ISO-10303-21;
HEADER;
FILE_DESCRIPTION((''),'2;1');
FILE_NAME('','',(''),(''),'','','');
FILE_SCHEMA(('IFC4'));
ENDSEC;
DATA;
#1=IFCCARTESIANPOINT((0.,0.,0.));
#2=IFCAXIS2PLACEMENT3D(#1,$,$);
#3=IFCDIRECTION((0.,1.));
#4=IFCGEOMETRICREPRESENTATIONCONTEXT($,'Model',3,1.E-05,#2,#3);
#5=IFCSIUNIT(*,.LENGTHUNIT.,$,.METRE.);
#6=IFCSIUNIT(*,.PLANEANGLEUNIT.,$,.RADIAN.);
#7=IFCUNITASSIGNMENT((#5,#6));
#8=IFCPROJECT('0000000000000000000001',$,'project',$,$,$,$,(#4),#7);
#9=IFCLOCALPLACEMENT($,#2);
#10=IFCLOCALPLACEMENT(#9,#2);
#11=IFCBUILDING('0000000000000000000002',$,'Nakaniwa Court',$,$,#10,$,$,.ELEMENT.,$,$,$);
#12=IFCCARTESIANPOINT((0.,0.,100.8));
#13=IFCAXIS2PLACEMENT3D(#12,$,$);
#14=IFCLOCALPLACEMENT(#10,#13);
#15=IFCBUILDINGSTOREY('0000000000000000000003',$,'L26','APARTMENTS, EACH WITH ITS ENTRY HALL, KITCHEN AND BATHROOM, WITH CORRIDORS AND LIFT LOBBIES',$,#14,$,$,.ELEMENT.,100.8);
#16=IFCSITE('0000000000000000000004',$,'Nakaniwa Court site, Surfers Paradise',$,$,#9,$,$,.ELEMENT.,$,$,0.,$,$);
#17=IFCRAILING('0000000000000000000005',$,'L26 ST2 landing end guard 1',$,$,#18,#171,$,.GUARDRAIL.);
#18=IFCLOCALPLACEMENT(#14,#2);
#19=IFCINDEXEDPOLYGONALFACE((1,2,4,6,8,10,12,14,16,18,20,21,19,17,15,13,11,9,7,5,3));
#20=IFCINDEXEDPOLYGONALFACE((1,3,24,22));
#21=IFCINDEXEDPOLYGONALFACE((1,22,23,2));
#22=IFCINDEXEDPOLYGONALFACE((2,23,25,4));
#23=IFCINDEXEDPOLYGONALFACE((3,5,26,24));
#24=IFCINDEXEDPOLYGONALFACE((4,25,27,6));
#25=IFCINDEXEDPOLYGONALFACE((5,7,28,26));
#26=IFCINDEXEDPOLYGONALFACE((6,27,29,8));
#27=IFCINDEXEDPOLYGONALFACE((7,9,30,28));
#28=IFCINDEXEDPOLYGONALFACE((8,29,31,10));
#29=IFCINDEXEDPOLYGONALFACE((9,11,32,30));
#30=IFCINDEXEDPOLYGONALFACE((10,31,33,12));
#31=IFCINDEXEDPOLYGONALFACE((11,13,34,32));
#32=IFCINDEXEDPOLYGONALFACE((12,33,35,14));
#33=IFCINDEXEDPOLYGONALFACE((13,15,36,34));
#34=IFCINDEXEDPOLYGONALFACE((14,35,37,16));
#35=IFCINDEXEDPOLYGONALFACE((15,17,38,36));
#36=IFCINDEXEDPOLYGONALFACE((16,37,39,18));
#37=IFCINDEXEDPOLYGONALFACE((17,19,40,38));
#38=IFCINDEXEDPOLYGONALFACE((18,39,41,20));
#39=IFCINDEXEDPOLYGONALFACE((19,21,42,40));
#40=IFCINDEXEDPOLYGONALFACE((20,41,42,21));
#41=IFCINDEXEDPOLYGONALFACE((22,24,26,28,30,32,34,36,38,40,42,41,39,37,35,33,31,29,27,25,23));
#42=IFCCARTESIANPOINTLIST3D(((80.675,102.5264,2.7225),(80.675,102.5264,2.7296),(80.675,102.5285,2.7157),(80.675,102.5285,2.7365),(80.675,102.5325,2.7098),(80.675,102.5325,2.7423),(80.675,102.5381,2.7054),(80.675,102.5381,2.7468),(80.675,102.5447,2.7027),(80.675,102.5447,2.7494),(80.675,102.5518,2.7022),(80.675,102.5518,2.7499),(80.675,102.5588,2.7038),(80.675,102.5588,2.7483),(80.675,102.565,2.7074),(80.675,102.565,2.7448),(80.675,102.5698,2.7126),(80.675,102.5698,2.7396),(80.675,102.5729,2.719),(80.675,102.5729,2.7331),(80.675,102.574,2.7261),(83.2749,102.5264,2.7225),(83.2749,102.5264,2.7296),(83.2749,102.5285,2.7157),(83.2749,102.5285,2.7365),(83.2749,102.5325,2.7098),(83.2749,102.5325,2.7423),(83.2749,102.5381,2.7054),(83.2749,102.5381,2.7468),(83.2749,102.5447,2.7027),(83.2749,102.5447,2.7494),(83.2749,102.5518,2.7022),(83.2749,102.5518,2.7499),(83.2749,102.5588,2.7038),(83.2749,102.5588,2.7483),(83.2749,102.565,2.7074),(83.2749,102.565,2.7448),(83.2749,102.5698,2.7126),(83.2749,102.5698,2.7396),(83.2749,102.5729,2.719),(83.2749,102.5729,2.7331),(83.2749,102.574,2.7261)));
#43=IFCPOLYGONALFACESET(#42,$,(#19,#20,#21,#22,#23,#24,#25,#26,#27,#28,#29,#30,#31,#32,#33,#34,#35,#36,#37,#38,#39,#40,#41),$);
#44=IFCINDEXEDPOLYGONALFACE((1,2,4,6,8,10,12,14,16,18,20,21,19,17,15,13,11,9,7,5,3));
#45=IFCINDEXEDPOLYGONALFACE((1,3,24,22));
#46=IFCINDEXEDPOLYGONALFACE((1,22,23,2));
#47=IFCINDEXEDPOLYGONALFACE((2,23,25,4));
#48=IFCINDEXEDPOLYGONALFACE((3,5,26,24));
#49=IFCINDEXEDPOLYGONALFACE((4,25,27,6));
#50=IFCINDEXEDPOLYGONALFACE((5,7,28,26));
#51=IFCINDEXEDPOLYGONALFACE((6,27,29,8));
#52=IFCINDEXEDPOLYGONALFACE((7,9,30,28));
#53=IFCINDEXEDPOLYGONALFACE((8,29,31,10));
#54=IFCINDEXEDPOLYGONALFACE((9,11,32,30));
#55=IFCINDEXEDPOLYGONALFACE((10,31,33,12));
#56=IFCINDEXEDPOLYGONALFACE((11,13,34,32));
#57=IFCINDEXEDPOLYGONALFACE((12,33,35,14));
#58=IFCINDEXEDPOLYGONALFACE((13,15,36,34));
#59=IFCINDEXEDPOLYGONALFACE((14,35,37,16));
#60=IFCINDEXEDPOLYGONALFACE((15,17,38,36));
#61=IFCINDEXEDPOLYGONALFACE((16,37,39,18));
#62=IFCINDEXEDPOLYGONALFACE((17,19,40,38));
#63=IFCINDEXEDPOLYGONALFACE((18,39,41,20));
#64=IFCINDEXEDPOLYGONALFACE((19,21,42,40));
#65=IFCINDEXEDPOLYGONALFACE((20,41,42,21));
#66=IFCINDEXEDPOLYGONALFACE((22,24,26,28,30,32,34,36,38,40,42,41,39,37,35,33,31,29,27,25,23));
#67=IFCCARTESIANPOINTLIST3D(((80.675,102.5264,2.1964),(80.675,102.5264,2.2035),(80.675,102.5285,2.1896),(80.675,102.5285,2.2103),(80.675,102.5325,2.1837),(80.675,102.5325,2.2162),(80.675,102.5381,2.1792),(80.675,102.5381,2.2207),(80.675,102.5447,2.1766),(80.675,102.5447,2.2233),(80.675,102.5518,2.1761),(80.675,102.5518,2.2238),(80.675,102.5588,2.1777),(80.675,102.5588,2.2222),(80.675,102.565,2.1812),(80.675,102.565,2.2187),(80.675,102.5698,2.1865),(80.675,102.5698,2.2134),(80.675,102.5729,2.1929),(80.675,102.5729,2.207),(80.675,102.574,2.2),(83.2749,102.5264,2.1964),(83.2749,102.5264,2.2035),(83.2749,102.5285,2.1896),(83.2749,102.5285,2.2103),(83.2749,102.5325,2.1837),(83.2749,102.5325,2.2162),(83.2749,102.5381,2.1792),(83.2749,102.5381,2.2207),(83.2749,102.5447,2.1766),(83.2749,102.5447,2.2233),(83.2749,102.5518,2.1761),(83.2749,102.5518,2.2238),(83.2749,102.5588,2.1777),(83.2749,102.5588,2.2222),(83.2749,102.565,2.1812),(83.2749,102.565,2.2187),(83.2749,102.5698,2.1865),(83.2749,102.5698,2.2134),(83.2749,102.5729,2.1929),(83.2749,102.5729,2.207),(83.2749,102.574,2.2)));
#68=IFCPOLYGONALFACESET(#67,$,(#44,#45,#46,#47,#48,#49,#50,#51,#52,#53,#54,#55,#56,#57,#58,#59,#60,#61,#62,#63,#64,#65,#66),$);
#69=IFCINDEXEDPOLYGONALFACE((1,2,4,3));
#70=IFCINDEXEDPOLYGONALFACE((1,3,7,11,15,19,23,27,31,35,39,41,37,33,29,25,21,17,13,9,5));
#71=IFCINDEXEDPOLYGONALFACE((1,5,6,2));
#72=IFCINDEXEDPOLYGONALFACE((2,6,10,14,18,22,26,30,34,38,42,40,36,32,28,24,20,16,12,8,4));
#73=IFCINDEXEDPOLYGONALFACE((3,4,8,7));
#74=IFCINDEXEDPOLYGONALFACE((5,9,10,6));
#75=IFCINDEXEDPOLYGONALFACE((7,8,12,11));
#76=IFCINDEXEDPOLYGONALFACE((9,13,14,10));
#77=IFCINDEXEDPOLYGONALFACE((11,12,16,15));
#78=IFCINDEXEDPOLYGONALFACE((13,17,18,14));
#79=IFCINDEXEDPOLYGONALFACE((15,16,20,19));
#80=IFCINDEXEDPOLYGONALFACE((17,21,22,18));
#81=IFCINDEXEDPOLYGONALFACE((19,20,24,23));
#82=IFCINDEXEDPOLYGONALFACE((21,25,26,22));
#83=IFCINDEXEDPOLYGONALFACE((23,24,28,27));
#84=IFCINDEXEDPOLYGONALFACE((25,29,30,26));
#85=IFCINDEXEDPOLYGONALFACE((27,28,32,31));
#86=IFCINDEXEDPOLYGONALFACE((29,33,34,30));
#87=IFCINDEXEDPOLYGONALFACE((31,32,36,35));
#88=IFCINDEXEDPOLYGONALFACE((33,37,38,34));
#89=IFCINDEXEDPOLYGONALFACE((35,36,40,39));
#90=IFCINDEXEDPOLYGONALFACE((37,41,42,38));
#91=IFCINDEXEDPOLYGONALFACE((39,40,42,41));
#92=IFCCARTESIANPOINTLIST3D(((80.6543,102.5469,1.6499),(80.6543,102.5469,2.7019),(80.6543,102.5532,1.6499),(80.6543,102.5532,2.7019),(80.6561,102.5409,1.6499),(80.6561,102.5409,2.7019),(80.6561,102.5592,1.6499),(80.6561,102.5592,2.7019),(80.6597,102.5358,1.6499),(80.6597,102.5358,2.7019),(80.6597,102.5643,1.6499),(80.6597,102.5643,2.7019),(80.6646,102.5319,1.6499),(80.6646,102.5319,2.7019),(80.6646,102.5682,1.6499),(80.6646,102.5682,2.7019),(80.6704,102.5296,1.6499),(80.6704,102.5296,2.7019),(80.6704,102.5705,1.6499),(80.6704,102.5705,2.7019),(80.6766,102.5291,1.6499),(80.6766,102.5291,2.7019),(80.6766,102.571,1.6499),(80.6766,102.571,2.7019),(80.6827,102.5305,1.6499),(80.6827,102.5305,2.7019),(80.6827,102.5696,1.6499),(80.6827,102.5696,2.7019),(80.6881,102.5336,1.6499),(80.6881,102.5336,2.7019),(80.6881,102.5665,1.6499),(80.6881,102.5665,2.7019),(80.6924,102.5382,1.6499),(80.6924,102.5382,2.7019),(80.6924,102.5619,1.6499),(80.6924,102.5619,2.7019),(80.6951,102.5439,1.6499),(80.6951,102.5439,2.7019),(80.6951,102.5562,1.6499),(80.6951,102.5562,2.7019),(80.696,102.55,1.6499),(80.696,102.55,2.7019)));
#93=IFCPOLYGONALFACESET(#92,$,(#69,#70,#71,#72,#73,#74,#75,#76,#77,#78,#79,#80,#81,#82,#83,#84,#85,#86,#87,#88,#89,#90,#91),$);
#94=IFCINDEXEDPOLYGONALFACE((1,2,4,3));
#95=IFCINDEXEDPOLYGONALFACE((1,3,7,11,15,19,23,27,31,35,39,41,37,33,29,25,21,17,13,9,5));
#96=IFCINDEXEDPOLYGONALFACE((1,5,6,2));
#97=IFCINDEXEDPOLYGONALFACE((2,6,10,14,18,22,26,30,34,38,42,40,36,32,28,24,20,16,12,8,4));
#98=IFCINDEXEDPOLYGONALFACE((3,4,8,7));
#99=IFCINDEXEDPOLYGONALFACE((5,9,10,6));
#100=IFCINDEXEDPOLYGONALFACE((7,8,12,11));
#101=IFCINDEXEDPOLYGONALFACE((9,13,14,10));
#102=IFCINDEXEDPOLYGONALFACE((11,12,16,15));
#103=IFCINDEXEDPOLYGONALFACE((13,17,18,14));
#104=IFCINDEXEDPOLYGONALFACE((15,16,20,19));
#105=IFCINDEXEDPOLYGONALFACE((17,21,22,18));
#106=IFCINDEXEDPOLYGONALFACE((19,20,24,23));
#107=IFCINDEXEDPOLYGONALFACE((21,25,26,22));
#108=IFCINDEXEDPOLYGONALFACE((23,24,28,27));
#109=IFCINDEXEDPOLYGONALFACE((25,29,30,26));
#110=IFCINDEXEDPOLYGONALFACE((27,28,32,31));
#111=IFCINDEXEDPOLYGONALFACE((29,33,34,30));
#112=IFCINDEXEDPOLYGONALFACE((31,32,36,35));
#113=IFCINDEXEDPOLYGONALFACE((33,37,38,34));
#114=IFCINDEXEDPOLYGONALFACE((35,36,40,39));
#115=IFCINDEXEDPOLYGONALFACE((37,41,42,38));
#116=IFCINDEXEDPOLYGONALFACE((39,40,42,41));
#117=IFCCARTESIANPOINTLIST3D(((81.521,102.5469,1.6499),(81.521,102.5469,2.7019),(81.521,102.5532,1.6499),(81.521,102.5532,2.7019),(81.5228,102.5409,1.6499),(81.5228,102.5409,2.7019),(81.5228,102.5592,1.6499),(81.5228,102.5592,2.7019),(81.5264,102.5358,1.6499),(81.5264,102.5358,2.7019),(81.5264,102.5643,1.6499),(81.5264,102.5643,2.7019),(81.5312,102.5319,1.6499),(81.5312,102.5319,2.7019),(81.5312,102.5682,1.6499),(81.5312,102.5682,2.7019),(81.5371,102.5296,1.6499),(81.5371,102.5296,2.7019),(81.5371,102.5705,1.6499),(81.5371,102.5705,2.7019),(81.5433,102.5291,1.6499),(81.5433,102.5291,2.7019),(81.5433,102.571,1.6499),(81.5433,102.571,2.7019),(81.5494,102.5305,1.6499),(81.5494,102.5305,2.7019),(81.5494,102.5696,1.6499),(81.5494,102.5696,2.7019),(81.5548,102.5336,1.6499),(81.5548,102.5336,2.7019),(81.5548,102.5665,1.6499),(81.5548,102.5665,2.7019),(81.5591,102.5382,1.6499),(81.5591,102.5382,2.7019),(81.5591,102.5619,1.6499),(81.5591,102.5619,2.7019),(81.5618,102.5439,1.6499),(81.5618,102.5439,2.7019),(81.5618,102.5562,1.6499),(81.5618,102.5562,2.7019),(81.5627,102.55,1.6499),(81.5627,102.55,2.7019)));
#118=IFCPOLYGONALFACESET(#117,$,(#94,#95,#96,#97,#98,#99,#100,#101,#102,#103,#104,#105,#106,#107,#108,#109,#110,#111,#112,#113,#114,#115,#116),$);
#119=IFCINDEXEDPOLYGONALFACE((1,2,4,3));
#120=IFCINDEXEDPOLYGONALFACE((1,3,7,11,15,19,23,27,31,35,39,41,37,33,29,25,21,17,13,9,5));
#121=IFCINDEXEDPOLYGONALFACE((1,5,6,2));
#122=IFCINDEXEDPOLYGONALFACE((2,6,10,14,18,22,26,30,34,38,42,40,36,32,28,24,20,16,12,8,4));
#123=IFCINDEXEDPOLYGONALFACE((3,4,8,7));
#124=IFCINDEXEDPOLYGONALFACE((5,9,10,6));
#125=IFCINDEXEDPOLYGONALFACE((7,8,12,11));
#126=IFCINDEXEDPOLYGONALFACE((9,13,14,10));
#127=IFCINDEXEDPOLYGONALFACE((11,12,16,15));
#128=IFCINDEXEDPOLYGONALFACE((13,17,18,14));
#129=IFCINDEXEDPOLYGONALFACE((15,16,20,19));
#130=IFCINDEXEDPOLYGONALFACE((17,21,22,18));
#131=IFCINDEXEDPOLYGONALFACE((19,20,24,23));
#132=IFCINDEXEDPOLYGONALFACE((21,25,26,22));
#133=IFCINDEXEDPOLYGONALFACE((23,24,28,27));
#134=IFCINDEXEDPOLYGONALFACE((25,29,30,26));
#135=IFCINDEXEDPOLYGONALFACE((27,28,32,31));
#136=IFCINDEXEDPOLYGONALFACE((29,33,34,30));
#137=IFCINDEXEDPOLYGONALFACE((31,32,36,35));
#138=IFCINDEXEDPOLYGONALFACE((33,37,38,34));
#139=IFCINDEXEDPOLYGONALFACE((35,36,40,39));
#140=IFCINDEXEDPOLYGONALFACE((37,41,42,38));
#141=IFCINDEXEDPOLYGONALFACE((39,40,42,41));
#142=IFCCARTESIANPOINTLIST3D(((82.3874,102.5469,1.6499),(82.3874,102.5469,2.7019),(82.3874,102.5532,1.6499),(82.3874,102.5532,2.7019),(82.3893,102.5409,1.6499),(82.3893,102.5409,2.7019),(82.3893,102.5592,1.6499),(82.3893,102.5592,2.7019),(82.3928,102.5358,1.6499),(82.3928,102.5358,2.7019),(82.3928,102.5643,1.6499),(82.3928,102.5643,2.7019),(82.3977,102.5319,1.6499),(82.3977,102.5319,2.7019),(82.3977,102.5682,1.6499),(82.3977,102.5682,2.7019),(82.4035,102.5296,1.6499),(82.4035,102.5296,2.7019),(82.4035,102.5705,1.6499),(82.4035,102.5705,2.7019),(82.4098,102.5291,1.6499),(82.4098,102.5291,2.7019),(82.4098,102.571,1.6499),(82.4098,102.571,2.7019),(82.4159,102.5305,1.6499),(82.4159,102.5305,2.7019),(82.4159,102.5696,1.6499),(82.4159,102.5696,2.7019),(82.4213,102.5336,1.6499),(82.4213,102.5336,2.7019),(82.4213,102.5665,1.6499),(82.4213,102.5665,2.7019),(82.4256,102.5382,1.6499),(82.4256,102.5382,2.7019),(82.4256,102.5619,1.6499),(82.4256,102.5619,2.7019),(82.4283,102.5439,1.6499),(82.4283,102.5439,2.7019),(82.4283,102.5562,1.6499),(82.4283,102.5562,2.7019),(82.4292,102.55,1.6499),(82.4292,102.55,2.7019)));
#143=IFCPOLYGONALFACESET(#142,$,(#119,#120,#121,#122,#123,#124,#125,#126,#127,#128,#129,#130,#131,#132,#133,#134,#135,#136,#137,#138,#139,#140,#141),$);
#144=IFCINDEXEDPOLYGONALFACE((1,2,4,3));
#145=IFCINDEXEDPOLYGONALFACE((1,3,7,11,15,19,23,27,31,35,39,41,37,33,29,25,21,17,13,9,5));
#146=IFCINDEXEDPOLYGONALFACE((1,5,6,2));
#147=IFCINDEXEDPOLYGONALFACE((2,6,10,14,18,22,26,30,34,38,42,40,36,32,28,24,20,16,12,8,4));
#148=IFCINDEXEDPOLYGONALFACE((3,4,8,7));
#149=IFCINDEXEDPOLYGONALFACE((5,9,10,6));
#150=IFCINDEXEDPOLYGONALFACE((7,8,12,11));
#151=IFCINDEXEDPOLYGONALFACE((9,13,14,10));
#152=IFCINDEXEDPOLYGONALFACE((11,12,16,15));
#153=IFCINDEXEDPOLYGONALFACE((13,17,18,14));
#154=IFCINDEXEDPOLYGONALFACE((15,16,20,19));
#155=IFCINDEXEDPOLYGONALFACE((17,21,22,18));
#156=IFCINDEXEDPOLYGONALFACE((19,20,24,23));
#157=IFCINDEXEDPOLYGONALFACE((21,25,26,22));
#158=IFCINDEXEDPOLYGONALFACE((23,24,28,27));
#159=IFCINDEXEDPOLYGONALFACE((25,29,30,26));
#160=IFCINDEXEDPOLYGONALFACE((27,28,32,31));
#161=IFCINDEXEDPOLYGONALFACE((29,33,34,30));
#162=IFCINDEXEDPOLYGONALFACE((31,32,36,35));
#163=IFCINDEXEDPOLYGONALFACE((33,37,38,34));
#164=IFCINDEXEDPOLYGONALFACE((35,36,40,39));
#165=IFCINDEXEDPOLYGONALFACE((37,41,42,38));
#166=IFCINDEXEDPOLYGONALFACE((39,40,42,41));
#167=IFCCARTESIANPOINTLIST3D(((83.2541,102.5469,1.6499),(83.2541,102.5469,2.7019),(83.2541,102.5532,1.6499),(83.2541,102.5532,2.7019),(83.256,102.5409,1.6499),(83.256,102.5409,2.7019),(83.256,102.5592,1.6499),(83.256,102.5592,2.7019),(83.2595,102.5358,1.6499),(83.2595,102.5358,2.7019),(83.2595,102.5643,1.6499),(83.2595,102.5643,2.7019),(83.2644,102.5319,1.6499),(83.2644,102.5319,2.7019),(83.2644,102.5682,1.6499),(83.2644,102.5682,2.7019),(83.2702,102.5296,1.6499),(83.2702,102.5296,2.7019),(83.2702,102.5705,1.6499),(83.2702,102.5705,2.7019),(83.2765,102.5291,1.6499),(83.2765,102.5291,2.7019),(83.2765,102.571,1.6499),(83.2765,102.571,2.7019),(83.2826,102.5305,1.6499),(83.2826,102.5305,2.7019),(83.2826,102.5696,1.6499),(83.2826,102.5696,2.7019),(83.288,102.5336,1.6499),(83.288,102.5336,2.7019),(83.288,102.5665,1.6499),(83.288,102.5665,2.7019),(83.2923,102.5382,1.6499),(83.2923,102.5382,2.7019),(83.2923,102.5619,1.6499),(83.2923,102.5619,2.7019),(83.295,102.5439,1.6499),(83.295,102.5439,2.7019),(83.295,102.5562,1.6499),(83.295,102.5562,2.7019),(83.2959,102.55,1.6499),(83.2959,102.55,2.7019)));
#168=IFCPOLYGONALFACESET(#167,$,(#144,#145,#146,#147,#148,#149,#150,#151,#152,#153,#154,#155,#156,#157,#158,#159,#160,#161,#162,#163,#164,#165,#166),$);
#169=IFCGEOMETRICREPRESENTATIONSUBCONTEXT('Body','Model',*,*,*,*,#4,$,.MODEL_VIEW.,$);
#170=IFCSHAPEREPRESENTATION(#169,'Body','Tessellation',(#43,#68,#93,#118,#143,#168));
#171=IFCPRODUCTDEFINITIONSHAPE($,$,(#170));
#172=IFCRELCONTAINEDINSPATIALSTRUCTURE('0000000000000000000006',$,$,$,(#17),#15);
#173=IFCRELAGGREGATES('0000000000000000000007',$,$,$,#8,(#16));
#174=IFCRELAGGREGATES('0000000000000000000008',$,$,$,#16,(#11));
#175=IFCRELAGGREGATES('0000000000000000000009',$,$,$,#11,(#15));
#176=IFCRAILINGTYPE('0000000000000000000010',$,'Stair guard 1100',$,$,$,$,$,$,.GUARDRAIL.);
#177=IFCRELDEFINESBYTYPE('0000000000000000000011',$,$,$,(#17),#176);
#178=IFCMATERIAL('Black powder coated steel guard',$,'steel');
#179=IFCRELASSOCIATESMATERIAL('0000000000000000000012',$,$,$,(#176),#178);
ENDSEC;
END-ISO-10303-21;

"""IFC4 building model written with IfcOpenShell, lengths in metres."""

from ifc_helpers import new_model, si_unit, direction, frame, origin, origin_2d, place, context, subcontext, project, spatial, circle, extrude, material, type_object, element, save


model = new_model("IFC4")

# Units and contexts
model_context = context("Model", 3, precision=1e-05, world=origin(), true_north=direction((0.0, 1.0)))
body_context = subcontext(model_context, "Body", "Model", "MODEL_VIEW")
ifc_project = project(units=[si_unit("LENGTHUNIT", "METRE"), si_unit("PLANEANGLEUNIT", "RADIAN")], contexts=[model_context])

# Site, building, storey
site_placement = place(None, origin())
site = spatial("IfcSite", under=ifc_project, at=site_placement, Name="Nakaniwa Court site, Surfers Paradise", CompositionType="ELEMENT", RefElevation=0.0)
building_placement = place(site_placement, origin())
building = spatial("IfcBuilding", under=site, at=building_placement, Name="Nakaniwa Court", CompositionType="ELEMENT")
storey_placement = place(building_placement, frame((0.0, 0.0, 100.8)))
storey = spatial("IfcBuildingStorey", under=building, at=storey_placement, Name="L26", Description="APARTMENTS, EACH WITH ITS ENTRY HALL, KITCHEN AND BATHROOM, WITH CORRIDORS AND LIFT LOBBIES", CompositionType="ELEMENT", Elevation=100.8)

# Railing
ifc_material_1 = material(Name="Black powder coated steel guard", Category="steel")
railing_type_1 = type_object("IfcRailingType", Name="Stair guard 1100", PredefinedType="GUARDRAIL", material=ifc_material_1)
railing_1_placement = place(storey_placement, frame((80.675, 102.55, 1.6499)))
element("IfcRailing", 1, at=railing_1_placement, inside=storey, type_object=railing_type_1, Name="L26 ST2 landing end guard 1", PredefinedType="GUARDRAIL", context=body_context, shape_type="SweptSolid", body=[
    extrude(circle(Radius=0.0239, at=origin_2d()), frame((0.0, 0.0, 1.0762), z_axis=(1.0, 0.0, 0.0), x_axis=(0.0, 1.0, 0.0)), (0.0, 0.0, 1.0), 2.5999),
    extrude(circle(Radius=0.0239, at=origin_2d()), frame((0.0, 0.0, 0.55), z_axis=(1.0, 0.0, 0.0), x_axis=(0.0, 1.0, 0.0)), (0.0, 0.0, 1.0), 2.5999),
    extrude(circle(Radius=0.021, at=origin_2d()), origin(), (0.0, 0.0, 1.0), 1.052),
    extrude(circle(Radius=0.021, at=origin_2d()), frame((0.8667, 0.0, 0.0)), (0.0, 0.0, 1.0), 1.052),
    extrude(circle(Radius=0.021, at=origin_2d()), frame((1.7332, 0.0, 0.0)), (0.0, 0.0, 1.0), 1.052),
    extrude(circle(Radius=0.021, at=origin_2d()), frame((2.5999, 0.0, 0.0)), (0.0, 0.0, 1.0), 1.052),
])

save(model, "model.ifc")
